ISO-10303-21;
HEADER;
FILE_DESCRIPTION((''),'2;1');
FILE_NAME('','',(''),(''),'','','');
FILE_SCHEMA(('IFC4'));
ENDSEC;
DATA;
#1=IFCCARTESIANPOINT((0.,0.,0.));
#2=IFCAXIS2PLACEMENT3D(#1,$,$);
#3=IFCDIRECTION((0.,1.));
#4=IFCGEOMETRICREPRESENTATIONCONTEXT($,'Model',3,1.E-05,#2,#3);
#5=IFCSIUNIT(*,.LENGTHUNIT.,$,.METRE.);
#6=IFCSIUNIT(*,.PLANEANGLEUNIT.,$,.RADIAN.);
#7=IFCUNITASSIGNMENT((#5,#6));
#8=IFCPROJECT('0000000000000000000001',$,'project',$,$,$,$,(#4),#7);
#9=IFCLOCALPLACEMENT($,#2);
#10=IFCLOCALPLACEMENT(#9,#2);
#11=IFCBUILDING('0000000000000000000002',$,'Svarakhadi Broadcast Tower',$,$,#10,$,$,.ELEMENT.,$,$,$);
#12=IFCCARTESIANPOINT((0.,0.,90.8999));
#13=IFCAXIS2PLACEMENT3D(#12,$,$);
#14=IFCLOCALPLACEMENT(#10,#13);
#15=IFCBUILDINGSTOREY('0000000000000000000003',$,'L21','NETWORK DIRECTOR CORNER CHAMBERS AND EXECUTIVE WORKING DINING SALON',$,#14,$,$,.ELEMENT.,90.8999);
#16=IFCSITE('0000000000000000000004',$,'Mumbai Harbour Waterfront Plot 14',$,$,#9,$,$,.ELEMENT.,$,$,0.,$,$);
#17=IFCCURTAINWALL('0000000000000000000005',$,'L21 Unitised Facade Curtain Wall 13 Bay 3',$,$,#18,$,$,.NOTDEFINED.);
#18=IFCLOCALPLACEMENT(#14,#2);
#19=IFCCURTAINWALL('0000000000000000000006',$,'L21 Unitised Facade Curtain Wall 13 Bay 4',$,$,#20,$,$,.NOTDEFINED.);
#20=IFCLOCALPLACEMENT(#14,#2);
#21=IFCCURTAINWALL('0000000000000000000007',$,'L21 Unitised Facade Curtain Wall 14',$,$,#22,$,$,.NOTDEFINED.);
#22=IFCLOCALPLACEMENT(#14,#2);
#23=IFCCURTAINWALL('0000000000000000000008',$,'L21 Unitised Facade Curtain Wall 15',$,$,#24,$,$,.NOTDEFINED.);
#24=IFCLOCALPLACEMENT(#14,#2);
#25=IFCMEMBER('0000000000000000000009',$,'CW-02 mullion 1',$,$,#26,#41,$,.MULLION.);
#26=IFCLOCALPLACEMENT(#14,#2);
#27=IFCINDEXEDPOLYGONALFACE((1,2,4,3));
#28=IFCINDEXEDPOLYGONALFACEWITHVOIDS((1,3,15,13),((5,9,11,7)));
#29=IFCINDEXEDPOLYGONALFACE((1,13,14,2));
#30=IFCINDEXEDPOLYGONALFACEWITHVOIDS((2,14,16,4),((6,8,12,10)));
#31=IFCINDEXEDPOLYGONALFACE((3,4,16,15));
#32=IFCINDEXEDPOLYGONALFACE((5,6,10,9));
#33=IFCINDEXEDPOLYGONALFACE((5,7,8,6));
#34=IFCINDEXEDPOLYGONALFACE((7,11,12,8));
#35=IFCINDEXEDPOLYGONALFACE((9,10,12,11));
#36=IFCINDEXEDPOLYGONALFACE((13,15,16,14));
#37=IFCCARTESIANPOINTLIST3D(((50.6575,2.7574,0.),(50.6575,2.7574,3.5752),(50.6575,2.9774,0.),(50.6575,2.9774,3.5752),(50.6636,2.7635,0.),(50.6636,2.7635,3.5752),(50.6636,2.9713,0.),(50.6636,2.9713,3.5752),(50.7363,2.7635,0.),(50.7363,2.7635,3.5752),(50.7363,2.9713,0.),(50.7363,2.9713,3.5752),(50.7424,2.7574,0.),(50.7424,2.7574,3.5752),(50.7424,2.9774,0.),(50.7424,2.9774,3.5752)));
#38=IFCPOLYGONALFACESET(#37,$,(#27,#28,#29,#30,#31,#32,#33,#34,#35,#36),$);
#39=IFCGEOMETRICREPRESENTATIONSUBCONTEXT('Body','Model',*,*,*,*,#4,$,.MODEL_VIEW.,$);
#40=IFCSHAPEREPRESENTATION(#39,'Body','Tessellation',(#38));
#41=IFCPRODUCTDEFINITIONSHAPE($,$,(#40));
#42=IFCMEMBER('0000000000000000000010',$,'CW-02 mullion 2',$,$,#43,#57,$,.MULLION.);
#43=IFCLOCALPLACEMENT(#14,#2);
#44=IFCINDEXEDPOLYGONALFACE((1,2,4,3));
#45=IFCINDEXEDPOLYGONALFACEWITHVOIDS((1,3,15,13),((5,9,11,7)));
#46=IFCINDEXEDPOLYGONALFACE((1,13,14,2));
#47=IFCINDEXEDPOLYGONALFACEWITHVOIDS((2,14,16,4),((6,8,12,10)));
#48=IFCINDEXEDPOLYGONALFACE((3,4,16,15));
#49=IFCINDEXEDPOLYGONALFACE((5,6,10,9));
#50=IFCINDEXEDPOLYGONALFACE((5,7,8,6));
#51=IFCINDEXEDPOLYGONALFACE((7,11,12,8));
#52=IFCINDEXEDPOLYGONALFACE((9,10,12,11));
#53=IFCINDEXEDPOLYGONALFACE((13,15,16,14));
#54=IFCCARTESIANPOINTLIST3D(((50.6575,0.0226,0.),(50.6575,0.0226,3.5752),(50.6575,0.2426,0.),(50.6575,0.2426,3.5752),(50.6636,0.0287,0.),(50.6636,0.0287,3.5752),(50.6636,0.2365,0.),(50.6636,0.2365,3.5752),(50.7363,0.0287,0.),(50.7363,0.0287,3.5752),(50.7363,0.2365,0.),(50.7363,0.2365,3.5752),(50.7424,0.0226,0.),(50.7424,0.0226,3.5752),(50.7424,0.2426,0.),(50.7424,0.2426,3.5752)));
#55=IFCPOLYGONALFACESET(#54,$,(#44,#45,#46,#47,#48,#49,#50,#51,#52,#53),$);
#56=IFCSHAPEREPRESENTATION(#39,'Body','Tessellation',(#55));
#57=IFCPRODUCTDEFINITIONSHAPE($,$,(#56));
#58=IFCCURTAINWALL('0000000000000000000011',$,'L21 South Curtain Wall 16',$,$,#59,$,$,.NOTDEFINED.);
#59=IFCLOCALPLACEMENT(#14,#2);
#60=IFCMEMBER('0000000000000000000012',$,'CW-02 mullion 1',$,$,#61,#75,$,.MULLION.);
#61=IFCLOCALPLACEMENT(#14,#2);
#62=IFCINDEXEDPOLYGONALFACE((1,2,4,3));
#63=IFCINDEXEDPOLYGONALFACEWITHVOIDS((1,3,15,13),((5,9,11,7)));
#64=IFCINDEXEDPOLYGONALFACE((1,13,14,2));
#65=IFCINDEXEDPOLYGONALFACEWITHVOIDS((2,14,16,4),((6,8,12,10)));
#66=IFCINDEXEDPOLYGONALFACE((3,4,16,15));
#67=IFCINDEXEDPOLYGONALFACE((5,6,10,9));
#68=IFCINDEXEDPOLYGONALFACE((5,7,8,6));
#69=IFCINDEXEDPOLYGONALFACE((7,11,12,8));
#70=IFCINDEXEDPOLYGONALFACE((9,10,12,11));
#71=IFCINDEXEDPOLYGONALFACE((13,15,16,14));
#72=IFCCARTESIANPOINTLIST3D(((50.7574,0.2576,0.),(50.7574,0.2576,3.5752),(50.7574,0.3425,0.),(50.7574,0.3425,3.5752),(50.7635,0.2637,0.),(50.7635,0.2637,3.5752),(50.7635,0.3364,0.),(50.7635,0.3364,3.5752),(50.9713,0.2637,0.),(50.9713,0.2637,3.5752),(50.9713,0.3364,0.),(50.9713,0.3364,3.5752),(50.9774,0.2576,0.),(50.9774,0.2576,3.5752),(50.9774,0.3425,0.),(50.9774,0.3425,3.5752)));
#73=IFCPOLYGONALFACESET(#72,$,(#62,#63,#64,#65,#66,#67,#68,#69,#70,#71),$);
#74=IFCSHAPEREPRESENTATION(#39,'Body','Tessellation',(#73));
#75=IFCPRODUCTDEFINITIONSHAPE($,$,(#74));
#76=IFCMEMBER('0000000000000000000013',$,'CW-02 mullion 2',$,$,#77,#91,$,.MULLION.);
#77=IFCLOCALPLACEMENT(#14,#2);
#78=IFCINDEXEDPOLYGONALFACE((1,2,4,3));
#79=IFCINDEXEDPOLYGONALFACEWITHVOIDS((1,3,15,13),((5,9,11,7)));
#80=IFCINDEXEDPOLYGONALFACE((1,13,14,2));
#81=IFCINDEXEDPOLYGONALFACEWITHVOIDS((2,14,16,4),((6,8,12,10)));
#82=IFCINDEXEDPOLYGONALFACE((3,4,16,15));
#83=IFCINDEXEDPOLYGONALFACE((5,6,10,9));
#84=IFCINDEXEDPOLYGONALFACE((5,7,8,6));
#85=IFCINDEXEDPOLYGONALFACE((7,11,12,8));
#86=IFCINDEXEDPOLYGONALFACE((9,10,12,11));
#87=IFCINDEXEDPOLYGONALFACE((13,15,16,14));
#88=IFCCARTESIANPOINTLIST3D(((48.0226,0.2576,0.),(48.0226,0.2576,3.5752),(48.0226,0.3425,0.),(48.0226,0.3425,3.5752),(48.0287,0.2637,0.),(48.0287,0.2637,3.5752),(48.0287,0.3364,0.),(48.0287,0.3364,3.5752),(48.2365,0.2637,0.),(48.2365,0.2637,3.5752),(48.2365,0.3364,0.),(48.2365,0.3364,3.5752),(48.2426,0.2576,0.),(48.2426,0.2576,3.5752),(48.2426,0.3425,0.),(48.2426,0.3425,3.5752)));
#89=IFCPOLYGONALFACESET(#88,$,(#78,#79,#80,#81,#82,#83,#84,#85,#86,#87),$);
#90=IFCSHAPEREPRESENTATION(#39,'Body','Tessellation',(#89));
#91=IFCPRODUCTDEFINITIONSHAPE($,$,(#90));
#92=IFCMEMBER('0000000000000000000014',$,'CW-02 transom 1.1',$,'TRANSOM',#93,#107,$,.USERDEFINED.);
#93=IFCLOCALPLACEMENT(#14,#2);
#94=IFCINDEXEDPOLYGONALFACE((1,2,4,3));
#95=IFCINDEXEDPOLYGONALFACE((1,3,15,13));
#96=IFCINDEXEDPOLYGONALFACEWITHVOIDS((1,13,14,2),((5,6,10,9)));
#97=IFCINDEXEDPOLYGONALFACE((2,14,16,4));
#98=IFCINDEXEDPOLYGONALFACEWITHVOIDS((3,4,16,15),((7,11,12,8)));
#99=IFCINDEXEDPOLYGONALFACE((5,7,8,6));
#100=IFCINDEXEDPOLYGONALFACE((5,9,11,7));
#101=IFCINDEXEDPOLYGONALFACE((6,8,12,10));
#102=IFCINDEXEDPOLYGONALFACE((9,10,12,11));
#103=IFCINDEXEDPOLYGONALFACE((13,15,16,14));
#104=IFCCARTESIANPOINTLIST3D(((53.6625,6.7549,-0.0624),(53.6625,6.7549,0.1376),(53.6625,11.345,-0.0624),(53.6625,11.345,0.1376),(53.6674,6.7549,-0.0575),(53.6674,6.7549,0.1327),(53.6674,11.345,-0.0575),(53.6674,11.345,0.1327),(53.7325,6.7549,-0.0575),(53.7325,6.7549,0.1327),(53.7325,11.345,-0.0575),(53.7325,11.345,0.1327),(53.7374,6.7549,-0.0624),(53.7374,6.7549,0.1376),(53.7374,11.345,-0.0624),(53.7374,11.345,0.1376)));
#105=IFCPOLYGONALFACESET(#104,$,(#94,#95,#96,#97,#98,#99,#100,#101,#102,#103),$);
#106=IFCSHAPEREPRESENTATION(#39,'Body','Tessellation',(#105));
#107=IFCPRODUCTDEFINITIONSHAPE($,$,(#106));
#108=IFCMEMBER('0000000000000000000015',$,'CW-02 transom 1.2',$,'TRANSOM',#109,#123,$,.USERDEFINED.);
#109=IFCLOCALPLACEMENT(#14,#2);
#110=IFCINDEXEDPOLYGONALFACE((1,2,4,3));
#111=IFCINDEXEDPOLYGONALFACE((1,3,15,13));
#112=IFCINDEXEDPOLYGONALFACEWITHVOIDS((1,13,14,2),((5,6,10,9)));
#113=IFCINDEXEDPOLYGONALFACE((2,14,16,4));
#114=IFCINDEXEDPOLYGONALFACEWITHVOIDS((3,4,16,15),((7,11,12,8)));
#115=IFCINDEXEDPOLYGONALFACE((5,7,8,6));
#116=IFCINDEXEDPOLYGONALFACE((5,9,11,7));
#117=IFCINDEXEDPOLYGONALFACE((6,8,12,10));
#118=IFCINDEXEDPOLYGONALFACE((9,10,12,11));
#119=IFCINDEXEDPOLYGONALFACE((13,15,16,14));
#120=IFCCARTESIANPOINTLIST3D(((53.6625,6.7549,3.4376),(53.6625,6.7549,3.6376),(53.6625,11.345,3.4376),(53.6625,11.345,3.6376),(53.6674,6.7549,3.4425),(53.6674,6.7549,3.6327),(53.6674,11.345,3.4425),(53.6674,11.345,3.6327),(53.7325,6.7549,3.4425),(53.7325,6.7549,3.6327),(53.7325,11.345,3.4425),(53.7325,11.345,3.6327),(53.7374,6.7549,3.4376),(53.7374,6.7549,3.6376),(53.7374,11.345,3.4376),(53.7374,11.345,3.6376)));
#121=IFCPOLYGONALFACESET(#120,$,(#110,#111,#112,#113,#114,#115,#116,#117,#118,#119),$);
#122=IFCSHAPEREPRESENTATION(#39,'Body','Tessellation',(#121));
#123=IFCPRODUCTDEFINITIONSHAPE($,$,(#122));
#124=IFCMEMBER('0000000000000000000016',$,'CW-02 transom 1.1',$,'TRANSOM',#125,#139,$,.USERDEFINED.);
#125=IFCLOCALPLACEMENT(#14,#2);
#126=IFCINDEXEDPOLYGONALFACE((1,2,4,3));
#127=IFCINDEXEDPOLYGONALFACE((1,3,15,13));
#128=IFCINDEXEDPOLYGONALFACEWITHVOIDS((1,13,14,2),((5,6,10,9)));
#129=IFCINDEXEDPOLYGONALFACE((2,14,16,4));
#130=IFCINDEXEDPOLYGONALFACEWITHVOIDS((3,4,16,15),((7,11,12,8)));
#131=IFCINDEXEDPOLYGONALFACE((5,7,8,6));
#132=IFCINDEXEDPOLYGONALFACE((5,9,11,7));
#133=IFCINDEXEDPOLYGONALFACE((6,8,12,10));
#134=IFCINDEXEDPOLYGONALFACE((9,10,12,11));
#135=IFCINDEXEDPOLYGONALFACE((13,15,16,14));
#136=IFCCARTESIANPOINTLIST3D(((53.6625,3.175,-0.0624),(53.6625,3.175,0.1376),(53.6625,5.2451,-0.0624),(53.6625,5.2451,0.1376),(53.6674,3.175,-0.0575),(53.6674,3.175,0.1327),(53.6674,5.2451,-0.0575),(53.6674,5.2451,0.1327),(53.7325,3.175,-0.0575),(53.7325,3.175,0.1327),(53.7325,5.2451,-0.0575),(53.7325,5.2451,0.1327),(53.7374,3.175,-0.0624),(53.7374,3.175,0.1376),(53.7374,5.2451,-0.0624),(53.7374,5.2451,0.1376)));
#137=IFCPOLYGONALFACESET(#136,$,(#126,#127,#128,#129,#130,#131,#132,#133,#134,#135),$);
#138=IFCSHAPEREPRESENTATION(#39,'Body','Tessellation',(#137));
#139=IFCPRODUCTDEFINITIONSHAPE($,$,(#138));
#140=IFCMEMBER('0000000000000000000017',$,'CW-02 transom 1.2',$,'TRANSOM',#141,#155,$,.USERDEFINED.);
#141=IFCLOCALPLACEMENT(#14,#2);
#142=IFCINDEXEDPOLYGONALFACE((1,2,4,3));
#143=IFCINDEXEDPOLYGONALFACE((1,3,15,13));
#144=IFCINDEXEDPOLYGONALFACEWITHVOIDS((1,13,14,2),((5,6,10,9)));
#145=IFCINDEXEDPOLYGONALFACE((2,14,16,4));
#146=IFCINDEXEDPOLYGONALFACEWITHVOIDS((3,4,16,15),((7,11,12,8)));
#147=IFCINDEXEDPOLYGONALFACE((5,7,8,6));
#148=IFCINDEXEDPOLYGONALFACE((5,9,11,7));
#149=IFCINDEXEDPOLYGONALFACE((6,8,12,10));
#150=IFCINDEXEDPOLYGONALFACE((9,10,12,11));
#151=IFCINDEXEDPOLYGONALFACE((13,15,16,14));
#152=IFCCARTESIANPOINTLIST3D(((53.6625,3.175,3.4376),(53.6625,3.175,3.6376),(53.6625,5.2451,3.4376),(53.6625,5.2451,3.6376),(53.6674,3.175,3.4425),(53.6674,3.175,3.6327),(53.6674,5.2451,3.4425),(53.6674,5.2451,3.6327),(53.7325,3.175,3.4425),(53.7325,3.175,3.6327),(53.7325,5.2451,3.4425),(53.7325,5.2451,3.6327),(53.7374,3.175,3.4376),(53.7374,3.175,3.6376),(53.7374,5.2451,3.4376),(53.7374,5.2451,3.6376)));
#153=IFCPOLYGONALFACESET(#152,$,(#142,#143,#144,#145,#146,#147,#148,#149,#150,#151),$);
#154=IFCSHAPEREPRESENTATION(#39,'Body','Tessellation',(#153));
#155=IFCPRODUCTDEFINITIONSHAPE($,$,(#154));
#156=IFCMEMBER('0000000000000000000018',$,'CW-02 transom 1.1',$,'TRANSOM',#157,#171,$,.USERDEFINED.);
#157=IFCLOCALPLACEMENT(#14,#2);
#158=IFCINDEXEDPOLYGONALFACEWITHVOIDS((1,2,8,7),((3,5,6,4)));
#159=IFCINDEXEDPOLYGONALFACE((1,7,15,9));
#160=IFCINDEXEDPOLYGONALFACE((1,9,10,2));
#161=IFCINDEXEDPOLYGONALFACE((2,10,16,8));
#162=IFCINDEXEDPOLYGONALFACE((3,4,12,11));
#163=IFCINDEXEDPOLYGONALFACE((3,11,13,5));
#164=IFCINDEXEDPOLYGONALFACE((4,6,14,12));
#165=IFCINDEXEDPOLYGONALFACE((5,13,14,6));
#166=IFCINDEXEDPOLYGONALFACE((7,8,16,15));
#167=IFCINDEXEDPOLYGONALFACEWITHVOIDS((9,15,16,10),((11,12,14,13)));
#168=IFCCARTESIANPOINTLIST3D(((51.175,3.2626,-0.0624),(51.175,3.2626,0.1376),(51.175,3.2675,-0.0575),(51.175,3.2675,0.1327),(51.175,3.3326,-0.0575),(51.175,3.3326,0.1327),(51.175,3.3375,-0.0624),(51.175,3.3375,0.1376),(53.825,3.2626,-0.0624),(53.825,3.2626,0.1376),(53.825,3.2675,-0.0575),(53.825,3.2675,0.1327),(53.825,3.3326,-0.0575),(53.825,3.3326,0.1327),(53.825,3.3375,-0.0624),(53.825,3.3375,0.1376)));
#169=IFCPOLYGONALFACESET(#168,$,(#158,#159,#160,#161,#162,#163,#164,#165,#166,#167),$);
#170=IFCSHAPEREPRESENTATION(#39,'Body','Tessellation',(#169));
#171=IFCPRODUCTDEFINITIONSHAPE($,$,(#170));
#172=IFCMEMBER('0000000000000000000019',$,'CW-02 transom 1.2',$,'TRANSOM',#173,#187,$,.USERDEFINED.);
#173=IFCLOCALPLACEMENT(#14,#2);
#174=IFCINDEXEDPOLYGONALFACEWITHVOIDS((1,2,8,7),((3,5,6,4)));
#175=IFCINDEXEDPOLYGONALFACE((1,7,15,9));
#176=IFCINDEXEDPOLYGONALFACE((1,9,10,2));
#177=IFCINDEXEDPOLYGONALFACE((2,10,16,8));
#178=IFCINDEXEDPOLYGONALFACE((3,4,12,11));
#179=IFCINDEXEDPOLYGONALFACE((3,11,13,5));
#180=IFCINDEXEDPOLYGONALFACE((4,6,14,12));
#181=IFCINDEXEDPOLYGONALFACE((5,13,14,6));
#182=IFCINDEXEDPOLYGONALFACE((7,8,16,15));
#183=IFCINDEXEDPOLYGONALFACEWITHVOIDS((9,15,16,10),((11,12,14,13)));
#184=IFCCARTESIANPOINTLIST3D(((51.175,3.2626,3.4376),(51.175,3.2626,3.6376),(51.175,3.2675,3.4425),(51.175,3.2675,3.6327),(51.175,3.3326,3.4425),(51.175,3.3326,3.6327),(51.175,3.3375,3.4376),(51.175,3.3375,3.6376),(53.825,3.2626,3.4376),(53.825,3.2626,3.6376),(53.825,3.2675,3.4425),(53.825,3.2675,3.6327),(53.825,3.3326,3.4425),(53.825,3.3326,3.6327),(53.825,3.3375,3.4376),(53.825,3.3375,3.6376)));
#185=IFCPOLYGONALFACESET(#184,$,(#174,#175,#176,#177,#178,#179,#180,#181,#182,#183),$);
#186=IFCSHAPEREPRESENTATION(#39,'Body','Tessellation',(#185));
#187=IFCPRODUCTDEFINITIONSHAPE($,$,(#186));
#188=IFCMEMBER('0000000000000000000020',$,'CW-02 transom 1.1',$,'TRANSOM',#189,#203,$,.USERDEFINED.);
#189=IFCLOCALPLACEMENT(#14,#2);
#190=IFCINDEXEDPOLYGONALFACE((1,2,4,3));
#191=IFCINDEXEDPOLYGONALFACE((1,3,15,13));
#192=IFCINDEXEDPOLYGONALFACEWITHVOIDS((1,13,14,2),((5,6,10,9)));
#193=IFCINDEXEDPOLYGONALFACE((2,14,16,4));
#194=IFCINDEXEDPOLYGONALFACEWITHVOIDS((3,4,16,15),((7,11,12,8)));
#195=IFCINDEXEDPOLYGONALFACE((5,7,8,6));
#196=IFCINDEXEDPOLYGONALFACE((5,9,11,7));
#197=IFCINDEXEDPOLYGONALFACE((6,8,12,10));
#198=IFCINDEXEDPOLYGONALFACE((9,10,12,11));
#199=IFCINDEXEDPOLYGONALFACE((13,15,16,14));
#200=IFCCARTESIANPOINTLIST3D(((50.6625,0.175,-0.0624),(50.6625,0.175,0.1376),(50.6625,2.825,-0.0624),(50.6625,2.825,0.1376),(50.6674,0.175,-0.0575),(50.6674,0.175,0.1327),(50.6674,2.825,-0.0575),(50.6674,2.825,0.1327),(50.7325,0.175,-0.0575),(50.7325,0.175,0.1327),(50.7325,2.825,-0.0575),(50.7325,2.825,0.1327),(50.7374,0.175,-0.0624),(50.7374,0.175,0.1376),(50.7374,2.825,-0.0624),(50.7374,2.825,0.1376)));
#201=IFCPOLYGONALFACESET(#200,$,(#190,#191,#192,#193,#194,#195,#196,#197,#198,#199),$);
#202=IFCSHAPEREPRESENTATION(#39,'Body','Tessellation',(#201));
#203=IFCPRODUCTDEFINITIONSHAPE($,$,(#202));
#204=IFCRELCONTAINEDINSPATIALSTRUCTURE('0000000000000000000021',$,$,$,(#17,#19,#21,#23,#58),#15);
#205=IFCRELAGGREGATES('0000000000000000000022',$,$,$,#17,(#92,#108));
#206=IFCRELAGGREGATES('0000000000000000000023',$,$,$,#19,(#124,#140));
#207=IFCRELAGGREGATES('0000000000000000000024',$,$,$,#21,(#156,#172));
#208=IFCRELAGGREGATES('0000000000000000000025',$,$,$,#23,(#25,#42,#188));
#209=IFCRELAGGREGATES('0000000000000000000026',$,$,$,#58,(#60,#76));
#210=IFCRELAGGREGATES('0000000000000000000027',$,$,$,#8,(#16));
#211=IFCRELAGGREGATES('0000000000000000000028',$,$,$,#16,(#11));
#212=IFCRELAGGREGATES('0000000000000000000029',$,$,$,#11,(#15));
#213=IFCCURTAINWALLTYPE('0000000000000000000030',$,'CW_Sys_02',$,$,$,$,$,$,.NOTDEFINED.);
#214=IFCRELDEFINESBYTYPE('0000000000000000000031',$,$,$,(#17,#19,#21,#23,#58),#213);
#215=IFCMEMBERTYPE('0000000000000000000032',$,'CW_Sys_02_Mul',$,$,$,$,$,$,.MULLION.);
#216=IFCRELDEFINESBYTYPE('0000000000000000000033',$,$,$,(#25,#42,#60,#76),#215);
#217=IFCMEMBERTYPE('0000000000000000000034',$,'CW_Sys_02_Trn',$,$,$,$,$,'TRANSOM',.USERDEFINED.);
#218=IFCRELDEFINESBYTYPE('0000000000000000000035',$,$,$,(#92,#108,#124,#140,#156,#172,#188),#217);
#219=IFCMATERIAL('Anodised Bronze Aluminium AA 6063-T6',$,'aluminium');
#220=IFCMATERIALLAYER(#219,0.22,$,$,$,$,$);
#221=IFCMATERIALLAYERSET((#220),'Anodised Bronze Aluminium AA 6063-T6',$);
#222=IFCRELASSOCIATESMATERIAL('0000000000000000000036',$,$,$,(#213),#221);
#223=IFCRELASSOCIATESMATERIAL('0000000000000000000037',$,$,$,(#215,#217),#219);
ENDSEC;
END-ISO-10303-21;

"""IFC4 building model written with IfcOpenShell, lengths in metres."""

from ifc_helpers import new_model, si_unit, direction, frame, origin, origin_2d, place, context, subcontext, project, spatial, hollow_rectangle, extrude, material, layer, layer_set, material_profile, profile_set, type_object, element, aggregate, save


model = new_model("IFC4")

# Units and contexts
model_context = context("Model", 3, precision=1e-05, world=origin(), true_north=direction((0.0, 1.0)))
body_context = subcontext(model_context, "Body", "Model", "MODEL_VIEW")
ifc_project = project(units=[si_unit("LENGTHUNIT", "METRE"), si_unit("PLANEANGLEUNIT", "RADIAN")], contexts=[model_context])

# Site, building, storey
site_placement = place(None, origin())
site = spatial("IfcSite", under=ifc_project, at=site_placement, Name="Mumbai Harbour Waterfront Plot 14", CompositionType="ELEMENT", RefElevation=0.0)
building_placement = place(site_placement, origin())
building = spatial("IfcBuilding", under=site, at=building_placement, Name="Svarakhadi Broadcast Tower", CompositionType="ELEMENT")
storey_placement = place(building_placement, frame((0.0, 0.0, 90.8999)))
storey = spatial("IfcBuildingStorey", under=building, at=storey_placement, Name="L21", Description="NETWORK DIRECTOR CORNER CHAMBERS AND EXECUTIVE WORKING DINING SALON", CompositionType="ELEMENT", Elevation=90.8999)

# Curtain walls, members
ifc_material_1 = material(Name="Anodised Bronze Aluminium AA 6063-T6", Category="aluminium")
ifc_layer_1 = layer(ifc_material_1, 0.22)
ifc_layer_set_1 = layer_set([ifc_layer_1], Name="Anodised Bronze Aluminium AA 6063-T6")
curtain_wall_type = type_object("IfcCurtainWallType", Name="CW_Sys_02", PredefinedType="NOTDEFINED", material=ifc_layer_set_1)
curtain_wall_1_placement = place(storey_placement, origin())
curtain_wall_1 = element("IfcCurtainWall", 1, at=curtain_wall_1_placement, inside=storey, type_object=curtain_wall_type, Name="L21 Unitised Facade Curtain Wall 13 Bay 3", PredefinedType="NOTDEFINED")
ifc_material_profile_1 = material_profile(ifc_material_1, hollow_rectangle(XDim=0.085, YDim=0.22, WallThickness=0.0061, at=origin_2d()), Name="ALU MULLION 220x85x6")
ifc_profile_set_1 = profile_set([ifc_material_profile_1], Name="Anodised Bronze Aluminium AA 6063-T6")
member_type_1 = type_object("IfcMemberType", Name="CW_Sys_02_Mul", PredefinedType="MULLION", material=ifc_profile_set_1)
curtain_wall_2_placement = place(storey_placement, origin())
curtain_wall_2 = element("IfcCurtainWall", 2, at=curtain_wall_2_placement, inside=storey, type_object=curtain_wall_type, Name="L21 Unitised Facade Curtain Wall 13 Bay 4", PredefinedType="NOTDEFINED")
curtain_wall_3_placement = place(storey_placement, origin())
curtain_wall_3 = element("IfcCurtainWall", 3, at=curtain_wall_3_placement, inside=storey, type_object=curtain_wall_type, Name="L21 Unitised Facade Curtain Wall 14", PredefinedType="NOTDEFINED")
curtain_wall_4_placement = place(storey_placement, origin())
curtain_wall_4 = element("IfcCurtainWall", 4, at=curtain_wall_4_placement, inside=storey, type_object=curtain_wall_type, Name="L21 Unitised Facade Curtain Wall 15", PredefinedType="NOTDEFINED")
member_1_placement = place(storey_placement, frame((50.7, 2.8674, 0.0), z_axis=(0.0, 0.0, 1.0), x_axis=(1.0, 0.0, 0.0)))
member_1 = element("IfcMember", 5, at=member_1_placement, type_object=member_type_1, Name="CW-02 mullion 1", PredefinedType="MULLION", context=body_context, shape_type="SweptSolid", body=[
    extrude(hollow_rectangle(XDim=0.085, YDim=0.22, WallThickness=0.0061, at=origin_2d()), origin(), (0.0, 0.0, 1.0), 3.5752),
])
member_2_placement = place(storey_placement, frame((50.7, 0.1326, 0.0), z_axis=(0.0, 0.0, 1.0), x_axis=(1.0, 0.0, 0.0)))
member_2 = element("IfcMember", 6, at=member_2_placement, type_object=member_type_1, Name="CW-02 mullion 2", PredefinedType="MULLION", context=body_context, shape_type="SweptSolid", body=[
    extrude(hollow_rectangle(XDim=0.085, YDim=0.22, WallThickness=0.0061, at=origin_2d()), origin(), (0.0, 0.0, 1.0), 3.5752),
])
curtain_wall_5_placement = place(storey_placement, origin())
curtain_wall_5 = element("IfcCurtainWall", 7, at=curtain_wall_5_placement, inside=storey, type_object=curtain_wall_type, Name="L21 South Curtain Wall 16", PredefinedType="NOTDEFINED")
member_3_placement = place(storey_placement, frame((50.8674, 0.3, 0.0), z_axis=(0.0, 0.0, 1.0), x_axis=(0.0, -1.0, 0.0)))
member_3 = element("IfcMember", 8, at=member_3_placement, type_object=member_type_1, Name="CW-02 mullion 1", PredefinedType="MULLION", context=body_context, shape_type="SweptSolid", body=[
    extrude(hollow_rectangle(XDim=0.085, YDim=0.22, WallThickness=0.0061, at=origin_2d()), origin(), (0.0, 0.0, 1.0), 3.5752),
])
member_4_placement = place(storey_placement, frame((48.1326, 0.3, 0.0), z_axis=(0.0, 0.0, 1.0), x_axis=(0.0, -1.0, 0.0)))
member_4 = element("IfcMember", 9, at=member_4_placement, type_object=member_type_1, Name="CW-02 mullion 2", PredefinedType="MULLION", context=body_context, shape_type="SweptSolid", body=[
    extrude(hollow_rectangle(XDim=0.085, YDim=0.22, WallThickness=0.0061, at=origin_2d()), origin(), (0.0, 0.0, 1.0), 3.5752),
])

# Members
ifc_material_profile_2 = material_profile(ifc_material_1, hollow_rectangle(XDim=0.075, YDim=0.2, WallThickness=0.0049, at=origin_2d()), Name="ALU TRANSOM 200x75x5")
ifc_profile_set_2 = profile_set([ifc_material_profile_2], Name="Anodised Bronze Aluminium AA 6063-T6")
member_type_2 = type_object("IfcMemberType", Name="CW_Sys_02_Trn", ElementType="TRANSOM", PredefinedType="USERDEFINED", material=ifc_profile_set_2)
member_5_placement = place(storey_placement, frame((53.7, 11.345, 0.0376), z_axis=(0.0, -1.0, 0.0), x_axis=(1.0, 0.0, 0.0)))
member_5 = element("IfcMember", 10, at=member_5_placement, type_object=member_type_2, Name="CW-02 transom 1.1", ObjectType="TRANSOM", PredefinedType="USERDEFINED", context=body_context, shape_type="SweptSolid", body=[
    extrude(hollow_rectangle(XDim=0.075, YDim=0.2, WallThickness=0.0049, at=origin_2d()), origin(), (0.0, 0.0, 1.0), 4.5901),
])
member_6_placement = place(storey_placement, frame((53.7, 11.345, 3.5376), z_axis=(0.0, -1.0, 0.0), x_axis=(1.0, 0.0, 0.0)))
member_6 = element("IfcMember", 11, at=member_6_placement, type_object=member_type_2, Name="CW-02 transom 1.2", ObjectType="TRANSOM", PredefinedType="USERDEFINED", context=body_context, shape_type="SweptSolid", body=[
    extrude(hollow_rectangle(XDim=0.075, YDim=0.2, WallThickness=0.0049, at=origin_2d()), origin(), (0.0, 0.0, 1.0), 4.5901),
])
member_7_placement = place(storey_placement, frame((53.7, 5.2451, 0.0376), z_axis=(0.0, -1.0, 0.0), x_axis=(1.0, 0.0, 0.0)))
member_7 = element("IfcMember", 12, at=member_7_placement, type_object=member_type_2, Name="CW-02 transom 1.1", ObjectType="TRANSOM", PredefinedType="USERDEFINED", context=body_context, shape_type="SweptSolid", body=[
    extrude(hollow_rectangle(XDim=0.075, YDim=0.2, WallThickness=0.0049, at=origin_2d()), origin(), (0.0, 0.0, 1.0), 2.0701),
])
member_8_placement = place(storey_placement, frame((53.7, 5.2451, 3.5376), z_axis=(0.0, -1.0, 0.0), x_axis=(1.0, 0.0, 0.0)))
member_8 = element("IfcMember", 13, at=member_8_placement, type_object=member_type_2, Name="CW-02 transom 1.2", ObjectType="TRANSOM", PredefinedType="USERDEFINED", context=body_context, shape_type="SweptSolid", body=[
    extrude(hollow_rectangle(XDim=0.075, YDim=0.2, WallThickness=0.0049, at=origin_2d()), origin(), (0.0, 0.0, 1.0), 2.0701),
])
member_9_placement = place(storey_placement, frame((53.825, 3.3, 0.0376), z_axis=(-1.0, 0.0, 0.0), x_axis=(0.0, -1.0, 0.0)))
member_9 = element("IfcMember", 14, at=member_9_placement, type_object=member_type_2, Name="CW-02 transom 1.1", ObjectType="TRANSOM", PredefinedType="USERDEFINED", context=body_context, shape_type="SweptSolid", body=[
    extrude(hollow_rectangle(XDim=0.075, YDim=0.2, WallThickness=0.0049, at=origin_2d()), origin(), (0.0, 0.0, 1.0), 2.6499),
])
member_10_placement = place(storey_placement, frame((53.825, 3.3, 3.5376), z_axis=(-1.0, 0.0, 0.0), x_axis=(0.0, -1.0, 0.0)))
member_10 = element("IfcMember", 15, at=member_10_placement, type_object=member_type_2, Name="CW-02 transom 1.2", ObjectType="TRANSOM", PredefinedType="USERDEFINED", context=body_context, shape_type="SweptSolid", body=[
    extrude(hollow_rectangle(XDim=0.075, YDim=0.2, WallThickness=0.0049, at=origin_2d()), origin(), (0.0, 0.0, 1.0), 2.6499),
])
member_11_placement = place(storey_placement, frame((50.7, 2.825, 0.0376), z_axis=(0.0, -1.0, 0.0), x_axis=(1.0, 0.0, 0.0)))
member_11 = element("IfcMember", 16, at=member_11_placement, type_object=member_type_2, Name="CW-02 transom 1.1", ObjectType="TRANSOM", PredefinedType="USERDEFINED", context=body_context, shape_type="SweptSolid", body=[
    extrude(hollow_rectangle(XDim=0.075, YDim=0.2, WallThickness=0.0049, at=origin_2d()), origin(), (0.0, 0.0, 1.0), 2.6499),
])

aggregate(curtain_wall_1, [member_5, member_6])
aggregate(curtain_wall_2, [member_7, member_8])
aggregate(curtain_wall_3, [member_9, member_10])
aggregate(curtain_wall_4, [member_1, member_2, member_11])
aggregate(curtain_wall_5, [member_3, member_4])

save(model, "model.ifc")
